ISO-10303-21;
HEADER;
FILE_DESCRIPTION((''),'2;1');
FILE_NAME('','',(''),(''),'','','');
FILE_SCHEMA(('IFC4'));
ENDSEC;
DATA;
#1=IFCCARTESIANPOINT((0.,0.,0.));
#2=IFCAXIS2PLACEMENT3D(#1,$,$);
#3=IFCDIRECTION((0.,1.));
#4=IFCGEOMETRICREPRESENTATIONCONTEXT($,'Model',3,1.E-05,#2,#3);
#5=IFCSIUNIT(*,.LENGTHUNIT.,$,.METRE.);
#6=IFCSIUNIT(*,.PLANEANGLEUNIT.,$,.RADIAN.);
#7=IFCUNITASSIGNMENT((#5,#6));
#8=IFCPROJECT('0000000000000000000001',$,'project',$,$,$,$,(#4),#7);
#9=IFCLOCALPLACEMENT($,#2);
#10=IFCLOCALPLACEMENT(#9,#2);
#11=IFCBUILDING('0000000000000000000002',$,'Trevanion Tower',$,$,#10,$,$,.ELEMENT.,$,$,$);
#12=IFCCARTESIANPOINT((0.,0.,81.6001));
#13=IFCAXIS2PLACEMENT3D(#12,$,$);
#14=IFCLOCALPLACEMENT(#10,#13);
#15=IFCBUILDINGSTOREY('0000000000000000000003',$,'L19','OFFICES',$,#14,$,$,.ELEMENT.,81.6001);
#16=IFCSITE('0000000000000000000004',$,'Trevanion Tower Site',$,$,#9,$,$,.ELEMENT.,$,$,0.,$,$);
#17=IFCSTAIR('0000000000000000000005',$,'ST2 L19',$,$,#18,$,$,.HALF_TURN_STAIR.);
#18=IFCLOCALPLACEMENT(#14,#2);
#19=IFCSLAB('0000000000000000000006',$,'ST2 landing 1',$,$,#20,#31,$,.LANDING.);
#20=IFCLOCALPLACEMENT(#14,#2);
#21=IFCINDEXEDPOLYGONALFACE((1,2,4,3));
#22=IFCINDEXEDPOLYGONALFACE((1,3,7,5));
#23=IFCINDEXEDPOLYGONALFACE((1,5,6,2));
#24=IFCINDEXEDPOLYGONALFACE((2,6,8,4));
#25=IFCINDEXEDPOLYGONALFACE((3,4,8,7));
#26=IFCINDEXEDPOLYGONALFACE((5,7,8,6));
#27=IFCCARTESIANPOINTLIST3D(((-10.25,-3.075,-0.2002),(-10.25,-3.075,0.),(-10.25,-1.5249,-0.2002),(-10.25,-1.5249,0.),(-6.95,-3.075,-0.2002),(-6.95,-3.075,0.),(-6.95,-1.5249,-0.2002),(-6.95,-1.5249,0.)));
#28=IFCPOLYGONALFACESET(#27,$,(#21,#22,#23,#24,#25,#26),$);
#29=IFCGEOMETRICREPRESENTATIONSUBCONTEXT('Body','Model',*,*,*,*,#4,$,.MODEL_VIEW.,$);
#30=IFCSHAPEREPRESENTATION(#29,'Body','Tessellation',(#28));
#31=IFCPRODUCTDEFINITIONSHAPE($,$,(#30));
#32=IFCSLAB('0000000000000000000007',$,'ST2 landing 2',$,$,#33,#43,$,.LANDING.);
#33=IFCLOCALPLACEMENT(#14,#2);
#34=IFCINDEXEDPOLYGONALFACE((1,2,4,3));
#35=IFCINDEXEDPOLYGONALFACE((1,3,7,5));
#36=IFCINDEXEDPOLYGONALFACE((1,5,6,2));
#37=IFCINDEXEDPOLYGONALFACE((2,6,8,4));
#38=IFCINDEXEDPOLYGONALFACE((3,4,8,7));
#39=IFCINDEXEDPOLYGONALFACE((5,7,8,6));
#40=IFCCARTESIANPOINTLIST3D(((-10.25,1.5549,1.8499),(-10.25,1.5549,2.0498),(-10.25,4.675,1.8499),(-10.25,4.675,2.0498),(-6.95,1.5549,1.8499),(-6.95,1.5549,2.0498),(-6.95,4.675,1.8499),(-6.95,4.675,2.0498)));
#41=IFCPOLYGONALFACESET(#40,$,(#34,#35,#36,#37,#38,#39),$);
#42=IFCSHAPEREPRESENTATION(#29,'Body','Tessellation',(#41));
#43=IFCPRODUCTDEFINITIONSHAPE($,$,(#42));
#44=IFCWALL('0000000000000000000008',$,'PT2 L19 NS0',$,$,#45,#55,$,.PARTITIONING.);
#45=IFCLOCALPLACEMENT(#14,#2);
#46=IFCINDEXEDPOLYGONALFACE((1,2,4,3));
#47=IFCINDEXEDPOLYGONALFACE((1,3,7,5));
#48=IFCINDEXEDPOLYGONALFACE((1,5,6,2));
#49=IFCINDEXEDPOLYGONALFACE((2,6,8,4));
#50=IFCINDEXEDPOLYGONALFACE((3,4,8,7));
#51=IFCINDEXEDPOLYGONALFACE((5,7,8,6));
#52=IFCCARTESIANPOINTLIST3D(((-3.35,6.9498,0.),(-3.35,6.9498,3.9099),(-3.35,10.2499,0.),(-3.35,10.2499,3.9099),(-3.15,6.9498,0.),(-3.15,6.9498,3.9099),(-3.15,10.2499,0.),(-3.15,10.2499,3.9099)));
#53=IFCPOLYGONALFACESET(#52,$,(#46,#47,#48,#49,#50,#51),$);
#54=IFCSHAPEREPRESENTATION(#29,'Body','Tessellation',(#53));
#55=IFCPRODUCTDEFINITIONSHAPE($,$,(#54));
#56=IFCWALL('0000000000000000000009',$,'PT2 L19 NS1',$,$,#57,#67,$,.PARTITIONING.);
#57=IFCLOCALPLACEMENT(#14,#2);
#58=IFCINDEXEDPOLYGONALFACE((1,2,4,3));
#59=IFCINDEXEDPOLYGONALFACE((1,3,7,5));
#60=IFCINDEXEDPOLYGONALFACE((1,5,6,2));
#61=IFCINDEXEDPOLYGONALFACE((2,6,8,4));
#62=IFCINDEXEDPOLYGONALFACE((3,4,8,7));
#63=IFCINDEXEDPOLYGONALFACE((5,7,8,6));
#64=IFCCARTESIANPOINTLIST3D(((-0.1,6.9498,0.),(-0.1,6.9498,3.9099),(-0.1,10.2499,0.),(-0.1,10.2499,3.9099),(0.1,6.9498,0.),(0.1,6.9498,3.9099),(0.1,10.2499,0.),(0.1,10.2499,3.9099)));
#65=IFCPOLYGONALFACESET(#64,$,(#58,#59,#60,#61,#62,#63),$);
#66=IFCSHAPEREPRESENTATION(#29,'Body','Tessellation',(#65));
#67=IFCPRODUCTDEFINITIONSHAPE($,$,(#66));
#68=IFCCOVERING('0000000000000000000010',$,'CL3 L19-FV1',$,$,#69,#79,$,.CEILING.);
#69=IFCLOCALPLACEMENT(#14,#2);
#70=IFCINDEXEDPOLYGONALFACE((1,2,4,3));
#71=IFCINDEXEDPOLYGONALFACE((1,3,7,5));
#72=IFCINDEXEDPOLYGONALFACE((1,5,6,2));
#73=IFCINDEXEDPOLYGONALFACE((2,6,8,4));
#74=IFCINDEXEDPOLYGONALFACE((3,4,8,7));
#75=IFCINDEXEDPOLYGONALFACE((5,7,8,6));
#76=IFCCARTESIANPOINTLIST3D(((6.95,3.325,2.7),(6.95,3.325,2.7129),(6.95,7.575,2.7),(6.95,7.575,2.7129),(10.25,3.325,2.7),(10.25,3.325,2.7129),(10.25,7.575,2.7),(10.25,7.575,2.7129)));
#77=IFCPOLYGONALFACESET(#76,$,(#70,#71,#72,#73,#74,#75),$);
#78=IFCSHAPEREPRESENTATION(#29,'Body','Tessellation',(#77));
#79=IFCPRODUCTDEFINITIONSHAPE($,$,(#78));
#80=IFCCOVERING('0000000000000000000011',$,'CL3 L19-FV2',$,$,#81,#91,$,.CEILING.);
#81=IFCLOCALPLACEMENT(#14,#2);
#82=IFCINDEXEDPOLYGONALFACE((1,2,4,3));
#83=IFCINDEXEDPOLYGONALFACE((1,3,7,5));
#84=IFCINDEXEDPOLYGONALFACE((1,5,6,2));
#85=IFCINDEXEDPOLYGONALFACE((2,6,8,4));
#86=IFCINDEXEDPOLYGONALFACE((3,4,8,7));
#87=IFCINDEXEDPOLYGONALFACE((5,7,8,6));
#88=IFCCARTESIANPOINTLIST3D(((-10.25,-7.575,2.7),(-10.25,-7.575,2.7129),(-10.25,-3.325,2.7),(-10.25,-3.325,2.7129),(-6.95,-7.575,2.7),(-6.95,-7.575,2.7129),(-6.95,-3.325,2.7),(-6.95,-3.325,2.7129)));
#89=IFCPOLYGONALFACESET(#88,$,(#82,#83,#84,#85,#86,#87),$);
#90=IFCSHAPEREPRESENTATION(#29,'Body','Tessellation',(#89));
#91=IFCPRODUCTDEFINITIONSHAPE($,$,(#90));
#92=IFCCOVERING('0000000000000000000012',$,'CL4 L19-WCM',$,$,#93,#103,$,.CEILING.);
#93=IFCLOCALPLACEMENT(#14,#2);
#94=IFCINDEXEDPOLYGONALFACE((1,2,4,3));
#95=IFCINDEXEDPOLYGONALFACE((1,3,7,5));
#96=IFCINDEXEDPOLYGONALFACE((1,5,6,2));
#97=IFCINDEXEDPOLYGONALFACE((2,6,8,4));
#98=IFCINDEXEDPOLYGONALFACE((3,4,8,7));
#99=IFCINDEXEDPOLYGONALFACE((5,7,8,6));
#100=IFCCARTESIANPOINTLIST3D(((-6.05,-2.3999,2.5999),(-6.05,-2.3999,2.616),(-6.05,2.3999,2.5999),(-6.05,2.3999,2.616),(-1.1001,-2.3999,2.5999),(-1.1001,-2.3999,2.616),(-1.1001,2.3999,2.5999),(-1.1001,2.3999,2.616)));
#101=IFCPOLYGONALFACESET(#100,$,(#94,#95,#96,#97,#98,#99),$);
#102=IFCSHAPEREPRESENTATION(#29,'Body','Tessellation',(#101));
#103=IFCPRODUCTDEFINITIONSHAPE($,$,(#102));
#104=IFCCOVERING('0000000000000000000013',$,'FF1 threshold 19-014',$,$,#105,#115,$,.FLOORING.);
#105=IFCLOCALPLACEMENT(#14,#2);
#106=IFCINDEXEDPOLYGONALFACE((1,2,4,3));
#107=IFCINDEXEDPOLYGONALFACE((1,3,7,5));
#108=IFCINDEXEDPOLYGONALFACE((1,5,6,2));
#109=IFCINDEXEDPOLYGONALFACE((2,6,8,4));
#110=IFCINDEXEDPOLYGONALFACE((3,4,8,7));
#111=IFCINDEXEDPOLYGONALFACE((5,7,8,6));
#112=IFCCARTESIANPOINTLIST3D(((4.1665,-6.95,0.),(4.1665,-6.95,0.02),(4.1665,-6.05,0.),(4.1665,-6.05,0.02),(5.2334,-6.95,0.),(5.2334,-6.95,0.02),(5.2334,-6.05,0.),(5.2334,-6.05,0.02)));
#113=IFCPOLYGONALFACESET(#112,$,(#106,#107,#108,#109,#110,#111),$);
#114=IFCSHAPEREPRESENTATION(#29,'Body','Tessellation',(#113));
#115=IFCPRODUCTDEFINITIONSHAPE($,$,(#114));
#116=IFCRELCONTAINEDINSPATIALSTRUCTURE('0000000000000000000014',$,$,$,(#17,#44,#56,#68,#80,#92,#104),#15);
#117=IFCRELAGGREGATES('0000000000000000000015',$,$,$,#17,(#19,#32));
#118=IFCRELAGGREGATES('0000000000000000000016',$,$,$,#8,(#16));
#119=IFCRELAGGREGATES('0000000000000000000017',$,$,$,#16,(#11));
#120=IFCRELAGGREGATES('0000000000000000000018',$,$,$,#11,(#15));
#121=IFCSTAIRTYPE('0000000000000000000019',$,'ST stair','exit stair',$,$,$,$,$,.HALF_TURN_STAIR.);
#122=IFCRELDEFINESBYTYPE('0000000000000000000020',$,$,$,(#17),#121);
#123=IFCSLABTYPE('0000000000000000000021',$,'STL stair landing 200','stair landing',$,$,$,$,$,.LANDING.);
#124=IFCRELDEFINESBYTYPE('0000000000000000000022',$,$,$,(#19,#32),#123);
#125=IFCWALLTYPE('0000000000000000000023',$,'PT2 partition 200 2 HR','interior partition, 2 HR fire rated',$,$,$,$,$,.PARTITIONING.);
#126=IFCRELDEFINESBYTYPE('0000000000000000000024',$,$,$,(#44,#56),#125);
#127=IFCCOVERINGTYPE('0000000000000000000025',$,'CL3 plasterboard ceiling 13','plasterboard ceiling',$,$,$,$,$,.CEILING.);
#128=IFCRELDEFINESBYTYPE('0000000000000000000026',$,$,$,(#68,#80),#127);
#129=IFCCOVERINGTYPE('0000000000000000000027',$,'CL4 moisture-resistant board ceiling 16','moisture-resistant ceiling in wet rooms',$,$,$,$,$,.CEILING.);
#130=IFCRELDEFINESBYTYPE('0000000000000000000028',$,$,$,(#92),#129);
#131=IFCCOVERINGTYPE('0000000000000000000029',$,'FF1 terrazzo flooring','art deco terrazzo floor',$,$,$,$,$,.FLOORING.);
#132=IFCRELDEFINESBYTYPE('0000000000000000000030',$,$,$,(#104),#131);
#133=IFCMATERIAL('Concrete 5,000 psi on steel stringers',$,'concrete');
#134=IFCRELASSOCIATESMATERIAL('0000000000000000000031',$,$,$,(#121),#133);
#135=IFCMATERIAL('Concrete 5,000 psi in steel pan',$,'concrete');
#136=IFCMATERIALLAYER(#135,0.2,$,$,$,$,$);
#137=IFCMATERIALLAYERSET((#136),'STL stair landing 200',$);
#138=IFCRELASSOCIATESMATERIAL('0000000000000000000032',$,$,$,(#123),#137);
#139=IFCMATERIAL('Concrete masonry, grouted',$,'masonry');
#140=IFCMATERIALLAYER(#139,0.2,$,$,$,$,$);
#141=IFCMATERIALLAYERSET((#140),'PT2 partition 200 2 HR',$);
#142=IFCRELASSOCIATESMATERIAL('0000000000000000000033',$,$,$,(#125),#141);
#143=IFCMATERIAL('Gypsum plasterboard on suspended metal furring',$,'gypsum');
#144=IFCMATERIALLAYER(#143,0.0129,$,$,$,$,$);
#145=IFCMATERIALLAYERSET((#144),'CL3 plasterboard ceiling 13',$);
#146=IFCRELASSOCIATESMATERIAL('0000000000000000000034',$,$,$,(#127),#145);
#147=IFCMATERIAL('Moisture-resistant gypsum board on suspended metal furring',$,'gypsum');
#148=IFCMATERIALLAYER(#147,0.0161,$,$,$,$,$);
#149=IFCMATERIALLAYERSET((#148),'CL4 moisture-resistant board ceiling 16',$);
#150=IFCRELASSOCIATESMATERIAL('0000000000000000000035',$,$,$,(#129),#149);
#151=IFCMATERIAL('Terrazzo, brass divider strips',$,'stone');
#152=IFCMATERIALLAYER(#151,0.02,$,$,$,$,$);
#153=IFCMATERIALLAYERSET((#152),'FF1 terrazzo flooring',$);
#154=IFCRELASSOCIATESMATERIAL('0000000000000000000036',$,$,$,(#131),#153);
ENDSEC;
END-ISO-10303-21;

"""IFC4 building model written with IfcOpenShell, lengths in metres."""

from ifc_helpers import new_model, si_unit, direction, frame, frame_2d, origin, place, context, subcontext, project, spatial, polyline, rectangle, outline, extrude, material, layer, layer_set, type_object, element, aggregate, save


model = new_model("IFC4")

# Units and contexts
model_context = context("Model", 3, precision=1e-05, world=origin(), true_north=direction((0.0, 1.0)))
body_context = subcontext(model_context, "Body", "Model", "MODEL_VIEW")
ifc_project = project(units=[si_unit("LENGTHUNIT", "METRE"), si_unit("PLANEANGLEUNIT", "RADIAN")], contexts=[model_context])

# Site, building, storey
site_placement = place(None, origin())
site = spatial("IfcSite", under=ifc_project, at=site_placement, Name="Trevanion Tower Site", CompositionType="ELEMENT", RefElevation=0.0)
building_placement = place(site_placement, origin())
building = spatial("IfcBuilding", under=site, at=building_placement, Name="Trevanion Tower", CompositionType="ELEMENT")
storey_placement = place(building_placement, frame((0.0, 0.0, 81.6001)))
storey = spatial("IfcBuildingStorey", under=building, at=storey_placement, Name="L19", Description="OFFICES", CompositionType="ELEMENT", Elevation=81.6001)

# Stair, slabs
ifc_material_1 = material(Name="Concrete 5,000 psi on steel stringers", Category="concrete")
stair_type = type_object("IfcStairType", Name="ST stair", Description="exit stair", PredefinedType="HALF_TURN_STAIR", material=ifc_material_1)
ifc_material_2 = material(Name="Concrete 5,000 psi in steel pan", Category="concrete")
ifc_layer_1 = layer(ifc_material_2, 0.2)
ifc_layer_set_1 = layer_set([ifc_layer_1], Name="STL stair landing 200")
slab_type_1 = type_object("IfcSlabType", Name="STL stair landing 200", Description="stair landing", PredefinedType="LANDING", material=ifc_layer_set_1)
stair_1_placement = place(storey_placement, origin())
stair_1 = element("IfcStair", 1, at=stair_1_placement, inside=storey, type_object=stair_type, Name="ST2 L19", PredefinedType="HALF_TURN_STAIR")
slab_1_placement = place(storey_placement, frame((0.0, 0.0, -0.2002)))
slab_1 = element("IfcSlab", 2, at=slab_1_placement, type_object=slab_type_1, Name="ST2 landing 1", PredefinedType="LANDING", context=body_context, shape_type="SweptSolid", body=[
    extrude(outline(polyline([(-6.95, -1.5249), (-10.25, -1.5249), (-10.25, -3.075), (-6.95, -3.075), (-6.95, -1.5249)])), origin(), (0.0, 0.0, 1.0), 0.2002),
])
slab_2_placement = place(storey_placement, frame((0.0, 0.0, 1.8499)))
slab_2 = element("IfcSlab", 3, at=slab_2_placement, type_object=slab_type_1, Name="ST2 landing 2", PredefinedType="LANDING", context=body_context, shape_type="SweptSolid", body=[
    extrude(outline(polyline([(-6.95, 4.675), (-10.25, 4.675), (-10.25, 1.5549), (-6.95, 1.5549), (-6.95, 4.675)])), origin(), (0.0, 0.0, 1.0), 0.2),
])
aggregate(stair_1, [slab_1, slab_2])

# Walls
ifc_material_3 = material(Name="Concrete masonry, grouted", Category="masonry")
ifc_layer_2 = layer(ifc_material_3, 0.2)
ifc_layer_set_2 = layer_set([ifc_layer_2], Name="PT2 partition 200 2 HR")
wall_type = type_object("IfcWallType", Name="PT2 partition 200 2 HR", Description="interior partition, 2 HR fire rated", PredefinedType="PARTITIONING", material=ifc_layer_set_2)
for number, where, z_axis, x_axis, name in (
    (4, (-3.25, 6.95, 0.0), (0.0, 0.0, 1.0), (0.0, 1.0, 0.0), "PT2 L19 NS0"),
    (5, (0.0, 6.95, 0.0), (0.0, 0.0, 1.0), (0.0, 1.0, 0.0), "PT2 L19 NS1"),
):
    element("IfcWall", number, at=place(storey_placement, frame(where, z_axis=z_axis, x_axis=x_axis)), inside=storey, type_object=wall_type, Name=name, PredefinedType="PARTITIONING", context=body_context, shape_type="SweptSolid", body=[
        extrude(rectangle(XDim=3.3, YDim=0.2, at=frame_2d((1.6499, 0.0))), origin(), (0.0, 0.0, 1.0), 3.9099),
    ])

# Coverings
ifc_material_4 = material(Name="Gypsum plasterboard on suspended metal furring", Category="gypsum")
ifc_layer_3 = layer(ifc_material_4, 0.0129)
ifc_layer_set_3 = layer_set([ifc_layer_3], Name="CL3 plasterboard ceiling 13")
covering_type_1 = type_object("IfcCoveringType", Name="CL3 plasterboard ceiling 13", Description="plasterboard ceiling", PredefinedType="CEILING", material=ifc_layer_set_3)
covering_1_placement = place(storey_placement, frame((0.0, 0.0, 2.7)))
element("IfcCovering", 6, at=covering_1_placement, inside=storey, type_object=covering_type_1, Name="CL3 L19-FV1", PredefinedType="CEILING", context=body_context, shape_type="SweptSolid", body=[
    extrude(outline(polyline([(10.25, 3.325), (10.25, 7.575), (6.95, 7.575), (6.95, 3.325), (10.25, 3.325)])), origin(), (0.0, 0.0, 1.0), 0.0129),
])
covering_2_placement = place(storey_placement, frame((0.0, 0.0, 2.7)))
element("IfcCovering", 7, at=covering_2_placement, inside=storey, type_object=covering_type_1, Name="CL3 L19-FV2", PredefinedType="CEILING", context=body_context, shape_type="SweptSolid", body=[
    extrude(outline(polyline([(-10.25, -3.325), (-10.25, -7.575), (-6.95, -7.575), (-6.95, -3.325), (-10.25, -3.325)])), origin(), (0.0, 0.0, 1.0), 0.0129),
])
ifc_material_5 = material(Name="Moisture-resistant gypsum board on suspended metal furring", Category="gypsum")
ifc_layer_4 = layer(ifc_material_5, 0.0161)
ifc_layer_set_4 = layer_set([ifc_layer_4], Name="CL4 moisture-resistant board ceiling 16")
covering_type_2 = type_object("IfcCoveringType", Name="CL4 moisture-resistant board ceiling 16", Description="moisture-resistant ceiling in wet rooms", PredefinedType="CEILING", material=ifc_layer_set_4)
covering_3_placement = place(storey_placement, frame((0.0, 0.0, 2.5999)))
element("IfcCovering", 8, at=covering_3_placement, inside=storey, type_object=covering_type_2, Name="CL4 L19-WCM", PredefinedType="CEILING", context=body_context, shape_type="SweptSolid", body=[
    extrude(outline(polyline([(-1.1001, -2.3999), (-1.1001, 2.3999), (-6.05, 2.3999), (-6.05, -2.3999), (-1.1001, -2.3999)])), origin(), (0.0, 0.0, 1.0), 0.0161),
])
ifc_material_6 = material(Name="Terrazzo, brass divider strips", Category="stone")
ifc_layer_5 = layer(ifc_material_6, 0.02)
ifc_layer_set_5 = layer_set([ifc_layer_5], Name="FF1 terrazzo flooring")
covering_type_3 = type_object("IfcCoveringType", Name="FF1 terrazzo flooring", Description="art deco terrazzo floor", PredefinedType="FLOORING", material=ifc_layer_set_5)
covering_4_placement = place(storey_placement, origin())
element("IfcCovering", 9, at=covering_4_placement, inside=storey, type_object=covering_type_3, Name="FF1 threshold 19-014", PredefinedType="FLOORING", context=body_context, shape_type="SweptSolid", body=[
    extrude(outline(polyline([(4.1665, -6.95), (5.2334, -6.95), (5.2334, -6.05), (4.1665, -6.05), (4.1665, -6.95)])), origin(), (0.0, 0.0, 1.0), 0.02),
])

save(model, "model.ifc")
